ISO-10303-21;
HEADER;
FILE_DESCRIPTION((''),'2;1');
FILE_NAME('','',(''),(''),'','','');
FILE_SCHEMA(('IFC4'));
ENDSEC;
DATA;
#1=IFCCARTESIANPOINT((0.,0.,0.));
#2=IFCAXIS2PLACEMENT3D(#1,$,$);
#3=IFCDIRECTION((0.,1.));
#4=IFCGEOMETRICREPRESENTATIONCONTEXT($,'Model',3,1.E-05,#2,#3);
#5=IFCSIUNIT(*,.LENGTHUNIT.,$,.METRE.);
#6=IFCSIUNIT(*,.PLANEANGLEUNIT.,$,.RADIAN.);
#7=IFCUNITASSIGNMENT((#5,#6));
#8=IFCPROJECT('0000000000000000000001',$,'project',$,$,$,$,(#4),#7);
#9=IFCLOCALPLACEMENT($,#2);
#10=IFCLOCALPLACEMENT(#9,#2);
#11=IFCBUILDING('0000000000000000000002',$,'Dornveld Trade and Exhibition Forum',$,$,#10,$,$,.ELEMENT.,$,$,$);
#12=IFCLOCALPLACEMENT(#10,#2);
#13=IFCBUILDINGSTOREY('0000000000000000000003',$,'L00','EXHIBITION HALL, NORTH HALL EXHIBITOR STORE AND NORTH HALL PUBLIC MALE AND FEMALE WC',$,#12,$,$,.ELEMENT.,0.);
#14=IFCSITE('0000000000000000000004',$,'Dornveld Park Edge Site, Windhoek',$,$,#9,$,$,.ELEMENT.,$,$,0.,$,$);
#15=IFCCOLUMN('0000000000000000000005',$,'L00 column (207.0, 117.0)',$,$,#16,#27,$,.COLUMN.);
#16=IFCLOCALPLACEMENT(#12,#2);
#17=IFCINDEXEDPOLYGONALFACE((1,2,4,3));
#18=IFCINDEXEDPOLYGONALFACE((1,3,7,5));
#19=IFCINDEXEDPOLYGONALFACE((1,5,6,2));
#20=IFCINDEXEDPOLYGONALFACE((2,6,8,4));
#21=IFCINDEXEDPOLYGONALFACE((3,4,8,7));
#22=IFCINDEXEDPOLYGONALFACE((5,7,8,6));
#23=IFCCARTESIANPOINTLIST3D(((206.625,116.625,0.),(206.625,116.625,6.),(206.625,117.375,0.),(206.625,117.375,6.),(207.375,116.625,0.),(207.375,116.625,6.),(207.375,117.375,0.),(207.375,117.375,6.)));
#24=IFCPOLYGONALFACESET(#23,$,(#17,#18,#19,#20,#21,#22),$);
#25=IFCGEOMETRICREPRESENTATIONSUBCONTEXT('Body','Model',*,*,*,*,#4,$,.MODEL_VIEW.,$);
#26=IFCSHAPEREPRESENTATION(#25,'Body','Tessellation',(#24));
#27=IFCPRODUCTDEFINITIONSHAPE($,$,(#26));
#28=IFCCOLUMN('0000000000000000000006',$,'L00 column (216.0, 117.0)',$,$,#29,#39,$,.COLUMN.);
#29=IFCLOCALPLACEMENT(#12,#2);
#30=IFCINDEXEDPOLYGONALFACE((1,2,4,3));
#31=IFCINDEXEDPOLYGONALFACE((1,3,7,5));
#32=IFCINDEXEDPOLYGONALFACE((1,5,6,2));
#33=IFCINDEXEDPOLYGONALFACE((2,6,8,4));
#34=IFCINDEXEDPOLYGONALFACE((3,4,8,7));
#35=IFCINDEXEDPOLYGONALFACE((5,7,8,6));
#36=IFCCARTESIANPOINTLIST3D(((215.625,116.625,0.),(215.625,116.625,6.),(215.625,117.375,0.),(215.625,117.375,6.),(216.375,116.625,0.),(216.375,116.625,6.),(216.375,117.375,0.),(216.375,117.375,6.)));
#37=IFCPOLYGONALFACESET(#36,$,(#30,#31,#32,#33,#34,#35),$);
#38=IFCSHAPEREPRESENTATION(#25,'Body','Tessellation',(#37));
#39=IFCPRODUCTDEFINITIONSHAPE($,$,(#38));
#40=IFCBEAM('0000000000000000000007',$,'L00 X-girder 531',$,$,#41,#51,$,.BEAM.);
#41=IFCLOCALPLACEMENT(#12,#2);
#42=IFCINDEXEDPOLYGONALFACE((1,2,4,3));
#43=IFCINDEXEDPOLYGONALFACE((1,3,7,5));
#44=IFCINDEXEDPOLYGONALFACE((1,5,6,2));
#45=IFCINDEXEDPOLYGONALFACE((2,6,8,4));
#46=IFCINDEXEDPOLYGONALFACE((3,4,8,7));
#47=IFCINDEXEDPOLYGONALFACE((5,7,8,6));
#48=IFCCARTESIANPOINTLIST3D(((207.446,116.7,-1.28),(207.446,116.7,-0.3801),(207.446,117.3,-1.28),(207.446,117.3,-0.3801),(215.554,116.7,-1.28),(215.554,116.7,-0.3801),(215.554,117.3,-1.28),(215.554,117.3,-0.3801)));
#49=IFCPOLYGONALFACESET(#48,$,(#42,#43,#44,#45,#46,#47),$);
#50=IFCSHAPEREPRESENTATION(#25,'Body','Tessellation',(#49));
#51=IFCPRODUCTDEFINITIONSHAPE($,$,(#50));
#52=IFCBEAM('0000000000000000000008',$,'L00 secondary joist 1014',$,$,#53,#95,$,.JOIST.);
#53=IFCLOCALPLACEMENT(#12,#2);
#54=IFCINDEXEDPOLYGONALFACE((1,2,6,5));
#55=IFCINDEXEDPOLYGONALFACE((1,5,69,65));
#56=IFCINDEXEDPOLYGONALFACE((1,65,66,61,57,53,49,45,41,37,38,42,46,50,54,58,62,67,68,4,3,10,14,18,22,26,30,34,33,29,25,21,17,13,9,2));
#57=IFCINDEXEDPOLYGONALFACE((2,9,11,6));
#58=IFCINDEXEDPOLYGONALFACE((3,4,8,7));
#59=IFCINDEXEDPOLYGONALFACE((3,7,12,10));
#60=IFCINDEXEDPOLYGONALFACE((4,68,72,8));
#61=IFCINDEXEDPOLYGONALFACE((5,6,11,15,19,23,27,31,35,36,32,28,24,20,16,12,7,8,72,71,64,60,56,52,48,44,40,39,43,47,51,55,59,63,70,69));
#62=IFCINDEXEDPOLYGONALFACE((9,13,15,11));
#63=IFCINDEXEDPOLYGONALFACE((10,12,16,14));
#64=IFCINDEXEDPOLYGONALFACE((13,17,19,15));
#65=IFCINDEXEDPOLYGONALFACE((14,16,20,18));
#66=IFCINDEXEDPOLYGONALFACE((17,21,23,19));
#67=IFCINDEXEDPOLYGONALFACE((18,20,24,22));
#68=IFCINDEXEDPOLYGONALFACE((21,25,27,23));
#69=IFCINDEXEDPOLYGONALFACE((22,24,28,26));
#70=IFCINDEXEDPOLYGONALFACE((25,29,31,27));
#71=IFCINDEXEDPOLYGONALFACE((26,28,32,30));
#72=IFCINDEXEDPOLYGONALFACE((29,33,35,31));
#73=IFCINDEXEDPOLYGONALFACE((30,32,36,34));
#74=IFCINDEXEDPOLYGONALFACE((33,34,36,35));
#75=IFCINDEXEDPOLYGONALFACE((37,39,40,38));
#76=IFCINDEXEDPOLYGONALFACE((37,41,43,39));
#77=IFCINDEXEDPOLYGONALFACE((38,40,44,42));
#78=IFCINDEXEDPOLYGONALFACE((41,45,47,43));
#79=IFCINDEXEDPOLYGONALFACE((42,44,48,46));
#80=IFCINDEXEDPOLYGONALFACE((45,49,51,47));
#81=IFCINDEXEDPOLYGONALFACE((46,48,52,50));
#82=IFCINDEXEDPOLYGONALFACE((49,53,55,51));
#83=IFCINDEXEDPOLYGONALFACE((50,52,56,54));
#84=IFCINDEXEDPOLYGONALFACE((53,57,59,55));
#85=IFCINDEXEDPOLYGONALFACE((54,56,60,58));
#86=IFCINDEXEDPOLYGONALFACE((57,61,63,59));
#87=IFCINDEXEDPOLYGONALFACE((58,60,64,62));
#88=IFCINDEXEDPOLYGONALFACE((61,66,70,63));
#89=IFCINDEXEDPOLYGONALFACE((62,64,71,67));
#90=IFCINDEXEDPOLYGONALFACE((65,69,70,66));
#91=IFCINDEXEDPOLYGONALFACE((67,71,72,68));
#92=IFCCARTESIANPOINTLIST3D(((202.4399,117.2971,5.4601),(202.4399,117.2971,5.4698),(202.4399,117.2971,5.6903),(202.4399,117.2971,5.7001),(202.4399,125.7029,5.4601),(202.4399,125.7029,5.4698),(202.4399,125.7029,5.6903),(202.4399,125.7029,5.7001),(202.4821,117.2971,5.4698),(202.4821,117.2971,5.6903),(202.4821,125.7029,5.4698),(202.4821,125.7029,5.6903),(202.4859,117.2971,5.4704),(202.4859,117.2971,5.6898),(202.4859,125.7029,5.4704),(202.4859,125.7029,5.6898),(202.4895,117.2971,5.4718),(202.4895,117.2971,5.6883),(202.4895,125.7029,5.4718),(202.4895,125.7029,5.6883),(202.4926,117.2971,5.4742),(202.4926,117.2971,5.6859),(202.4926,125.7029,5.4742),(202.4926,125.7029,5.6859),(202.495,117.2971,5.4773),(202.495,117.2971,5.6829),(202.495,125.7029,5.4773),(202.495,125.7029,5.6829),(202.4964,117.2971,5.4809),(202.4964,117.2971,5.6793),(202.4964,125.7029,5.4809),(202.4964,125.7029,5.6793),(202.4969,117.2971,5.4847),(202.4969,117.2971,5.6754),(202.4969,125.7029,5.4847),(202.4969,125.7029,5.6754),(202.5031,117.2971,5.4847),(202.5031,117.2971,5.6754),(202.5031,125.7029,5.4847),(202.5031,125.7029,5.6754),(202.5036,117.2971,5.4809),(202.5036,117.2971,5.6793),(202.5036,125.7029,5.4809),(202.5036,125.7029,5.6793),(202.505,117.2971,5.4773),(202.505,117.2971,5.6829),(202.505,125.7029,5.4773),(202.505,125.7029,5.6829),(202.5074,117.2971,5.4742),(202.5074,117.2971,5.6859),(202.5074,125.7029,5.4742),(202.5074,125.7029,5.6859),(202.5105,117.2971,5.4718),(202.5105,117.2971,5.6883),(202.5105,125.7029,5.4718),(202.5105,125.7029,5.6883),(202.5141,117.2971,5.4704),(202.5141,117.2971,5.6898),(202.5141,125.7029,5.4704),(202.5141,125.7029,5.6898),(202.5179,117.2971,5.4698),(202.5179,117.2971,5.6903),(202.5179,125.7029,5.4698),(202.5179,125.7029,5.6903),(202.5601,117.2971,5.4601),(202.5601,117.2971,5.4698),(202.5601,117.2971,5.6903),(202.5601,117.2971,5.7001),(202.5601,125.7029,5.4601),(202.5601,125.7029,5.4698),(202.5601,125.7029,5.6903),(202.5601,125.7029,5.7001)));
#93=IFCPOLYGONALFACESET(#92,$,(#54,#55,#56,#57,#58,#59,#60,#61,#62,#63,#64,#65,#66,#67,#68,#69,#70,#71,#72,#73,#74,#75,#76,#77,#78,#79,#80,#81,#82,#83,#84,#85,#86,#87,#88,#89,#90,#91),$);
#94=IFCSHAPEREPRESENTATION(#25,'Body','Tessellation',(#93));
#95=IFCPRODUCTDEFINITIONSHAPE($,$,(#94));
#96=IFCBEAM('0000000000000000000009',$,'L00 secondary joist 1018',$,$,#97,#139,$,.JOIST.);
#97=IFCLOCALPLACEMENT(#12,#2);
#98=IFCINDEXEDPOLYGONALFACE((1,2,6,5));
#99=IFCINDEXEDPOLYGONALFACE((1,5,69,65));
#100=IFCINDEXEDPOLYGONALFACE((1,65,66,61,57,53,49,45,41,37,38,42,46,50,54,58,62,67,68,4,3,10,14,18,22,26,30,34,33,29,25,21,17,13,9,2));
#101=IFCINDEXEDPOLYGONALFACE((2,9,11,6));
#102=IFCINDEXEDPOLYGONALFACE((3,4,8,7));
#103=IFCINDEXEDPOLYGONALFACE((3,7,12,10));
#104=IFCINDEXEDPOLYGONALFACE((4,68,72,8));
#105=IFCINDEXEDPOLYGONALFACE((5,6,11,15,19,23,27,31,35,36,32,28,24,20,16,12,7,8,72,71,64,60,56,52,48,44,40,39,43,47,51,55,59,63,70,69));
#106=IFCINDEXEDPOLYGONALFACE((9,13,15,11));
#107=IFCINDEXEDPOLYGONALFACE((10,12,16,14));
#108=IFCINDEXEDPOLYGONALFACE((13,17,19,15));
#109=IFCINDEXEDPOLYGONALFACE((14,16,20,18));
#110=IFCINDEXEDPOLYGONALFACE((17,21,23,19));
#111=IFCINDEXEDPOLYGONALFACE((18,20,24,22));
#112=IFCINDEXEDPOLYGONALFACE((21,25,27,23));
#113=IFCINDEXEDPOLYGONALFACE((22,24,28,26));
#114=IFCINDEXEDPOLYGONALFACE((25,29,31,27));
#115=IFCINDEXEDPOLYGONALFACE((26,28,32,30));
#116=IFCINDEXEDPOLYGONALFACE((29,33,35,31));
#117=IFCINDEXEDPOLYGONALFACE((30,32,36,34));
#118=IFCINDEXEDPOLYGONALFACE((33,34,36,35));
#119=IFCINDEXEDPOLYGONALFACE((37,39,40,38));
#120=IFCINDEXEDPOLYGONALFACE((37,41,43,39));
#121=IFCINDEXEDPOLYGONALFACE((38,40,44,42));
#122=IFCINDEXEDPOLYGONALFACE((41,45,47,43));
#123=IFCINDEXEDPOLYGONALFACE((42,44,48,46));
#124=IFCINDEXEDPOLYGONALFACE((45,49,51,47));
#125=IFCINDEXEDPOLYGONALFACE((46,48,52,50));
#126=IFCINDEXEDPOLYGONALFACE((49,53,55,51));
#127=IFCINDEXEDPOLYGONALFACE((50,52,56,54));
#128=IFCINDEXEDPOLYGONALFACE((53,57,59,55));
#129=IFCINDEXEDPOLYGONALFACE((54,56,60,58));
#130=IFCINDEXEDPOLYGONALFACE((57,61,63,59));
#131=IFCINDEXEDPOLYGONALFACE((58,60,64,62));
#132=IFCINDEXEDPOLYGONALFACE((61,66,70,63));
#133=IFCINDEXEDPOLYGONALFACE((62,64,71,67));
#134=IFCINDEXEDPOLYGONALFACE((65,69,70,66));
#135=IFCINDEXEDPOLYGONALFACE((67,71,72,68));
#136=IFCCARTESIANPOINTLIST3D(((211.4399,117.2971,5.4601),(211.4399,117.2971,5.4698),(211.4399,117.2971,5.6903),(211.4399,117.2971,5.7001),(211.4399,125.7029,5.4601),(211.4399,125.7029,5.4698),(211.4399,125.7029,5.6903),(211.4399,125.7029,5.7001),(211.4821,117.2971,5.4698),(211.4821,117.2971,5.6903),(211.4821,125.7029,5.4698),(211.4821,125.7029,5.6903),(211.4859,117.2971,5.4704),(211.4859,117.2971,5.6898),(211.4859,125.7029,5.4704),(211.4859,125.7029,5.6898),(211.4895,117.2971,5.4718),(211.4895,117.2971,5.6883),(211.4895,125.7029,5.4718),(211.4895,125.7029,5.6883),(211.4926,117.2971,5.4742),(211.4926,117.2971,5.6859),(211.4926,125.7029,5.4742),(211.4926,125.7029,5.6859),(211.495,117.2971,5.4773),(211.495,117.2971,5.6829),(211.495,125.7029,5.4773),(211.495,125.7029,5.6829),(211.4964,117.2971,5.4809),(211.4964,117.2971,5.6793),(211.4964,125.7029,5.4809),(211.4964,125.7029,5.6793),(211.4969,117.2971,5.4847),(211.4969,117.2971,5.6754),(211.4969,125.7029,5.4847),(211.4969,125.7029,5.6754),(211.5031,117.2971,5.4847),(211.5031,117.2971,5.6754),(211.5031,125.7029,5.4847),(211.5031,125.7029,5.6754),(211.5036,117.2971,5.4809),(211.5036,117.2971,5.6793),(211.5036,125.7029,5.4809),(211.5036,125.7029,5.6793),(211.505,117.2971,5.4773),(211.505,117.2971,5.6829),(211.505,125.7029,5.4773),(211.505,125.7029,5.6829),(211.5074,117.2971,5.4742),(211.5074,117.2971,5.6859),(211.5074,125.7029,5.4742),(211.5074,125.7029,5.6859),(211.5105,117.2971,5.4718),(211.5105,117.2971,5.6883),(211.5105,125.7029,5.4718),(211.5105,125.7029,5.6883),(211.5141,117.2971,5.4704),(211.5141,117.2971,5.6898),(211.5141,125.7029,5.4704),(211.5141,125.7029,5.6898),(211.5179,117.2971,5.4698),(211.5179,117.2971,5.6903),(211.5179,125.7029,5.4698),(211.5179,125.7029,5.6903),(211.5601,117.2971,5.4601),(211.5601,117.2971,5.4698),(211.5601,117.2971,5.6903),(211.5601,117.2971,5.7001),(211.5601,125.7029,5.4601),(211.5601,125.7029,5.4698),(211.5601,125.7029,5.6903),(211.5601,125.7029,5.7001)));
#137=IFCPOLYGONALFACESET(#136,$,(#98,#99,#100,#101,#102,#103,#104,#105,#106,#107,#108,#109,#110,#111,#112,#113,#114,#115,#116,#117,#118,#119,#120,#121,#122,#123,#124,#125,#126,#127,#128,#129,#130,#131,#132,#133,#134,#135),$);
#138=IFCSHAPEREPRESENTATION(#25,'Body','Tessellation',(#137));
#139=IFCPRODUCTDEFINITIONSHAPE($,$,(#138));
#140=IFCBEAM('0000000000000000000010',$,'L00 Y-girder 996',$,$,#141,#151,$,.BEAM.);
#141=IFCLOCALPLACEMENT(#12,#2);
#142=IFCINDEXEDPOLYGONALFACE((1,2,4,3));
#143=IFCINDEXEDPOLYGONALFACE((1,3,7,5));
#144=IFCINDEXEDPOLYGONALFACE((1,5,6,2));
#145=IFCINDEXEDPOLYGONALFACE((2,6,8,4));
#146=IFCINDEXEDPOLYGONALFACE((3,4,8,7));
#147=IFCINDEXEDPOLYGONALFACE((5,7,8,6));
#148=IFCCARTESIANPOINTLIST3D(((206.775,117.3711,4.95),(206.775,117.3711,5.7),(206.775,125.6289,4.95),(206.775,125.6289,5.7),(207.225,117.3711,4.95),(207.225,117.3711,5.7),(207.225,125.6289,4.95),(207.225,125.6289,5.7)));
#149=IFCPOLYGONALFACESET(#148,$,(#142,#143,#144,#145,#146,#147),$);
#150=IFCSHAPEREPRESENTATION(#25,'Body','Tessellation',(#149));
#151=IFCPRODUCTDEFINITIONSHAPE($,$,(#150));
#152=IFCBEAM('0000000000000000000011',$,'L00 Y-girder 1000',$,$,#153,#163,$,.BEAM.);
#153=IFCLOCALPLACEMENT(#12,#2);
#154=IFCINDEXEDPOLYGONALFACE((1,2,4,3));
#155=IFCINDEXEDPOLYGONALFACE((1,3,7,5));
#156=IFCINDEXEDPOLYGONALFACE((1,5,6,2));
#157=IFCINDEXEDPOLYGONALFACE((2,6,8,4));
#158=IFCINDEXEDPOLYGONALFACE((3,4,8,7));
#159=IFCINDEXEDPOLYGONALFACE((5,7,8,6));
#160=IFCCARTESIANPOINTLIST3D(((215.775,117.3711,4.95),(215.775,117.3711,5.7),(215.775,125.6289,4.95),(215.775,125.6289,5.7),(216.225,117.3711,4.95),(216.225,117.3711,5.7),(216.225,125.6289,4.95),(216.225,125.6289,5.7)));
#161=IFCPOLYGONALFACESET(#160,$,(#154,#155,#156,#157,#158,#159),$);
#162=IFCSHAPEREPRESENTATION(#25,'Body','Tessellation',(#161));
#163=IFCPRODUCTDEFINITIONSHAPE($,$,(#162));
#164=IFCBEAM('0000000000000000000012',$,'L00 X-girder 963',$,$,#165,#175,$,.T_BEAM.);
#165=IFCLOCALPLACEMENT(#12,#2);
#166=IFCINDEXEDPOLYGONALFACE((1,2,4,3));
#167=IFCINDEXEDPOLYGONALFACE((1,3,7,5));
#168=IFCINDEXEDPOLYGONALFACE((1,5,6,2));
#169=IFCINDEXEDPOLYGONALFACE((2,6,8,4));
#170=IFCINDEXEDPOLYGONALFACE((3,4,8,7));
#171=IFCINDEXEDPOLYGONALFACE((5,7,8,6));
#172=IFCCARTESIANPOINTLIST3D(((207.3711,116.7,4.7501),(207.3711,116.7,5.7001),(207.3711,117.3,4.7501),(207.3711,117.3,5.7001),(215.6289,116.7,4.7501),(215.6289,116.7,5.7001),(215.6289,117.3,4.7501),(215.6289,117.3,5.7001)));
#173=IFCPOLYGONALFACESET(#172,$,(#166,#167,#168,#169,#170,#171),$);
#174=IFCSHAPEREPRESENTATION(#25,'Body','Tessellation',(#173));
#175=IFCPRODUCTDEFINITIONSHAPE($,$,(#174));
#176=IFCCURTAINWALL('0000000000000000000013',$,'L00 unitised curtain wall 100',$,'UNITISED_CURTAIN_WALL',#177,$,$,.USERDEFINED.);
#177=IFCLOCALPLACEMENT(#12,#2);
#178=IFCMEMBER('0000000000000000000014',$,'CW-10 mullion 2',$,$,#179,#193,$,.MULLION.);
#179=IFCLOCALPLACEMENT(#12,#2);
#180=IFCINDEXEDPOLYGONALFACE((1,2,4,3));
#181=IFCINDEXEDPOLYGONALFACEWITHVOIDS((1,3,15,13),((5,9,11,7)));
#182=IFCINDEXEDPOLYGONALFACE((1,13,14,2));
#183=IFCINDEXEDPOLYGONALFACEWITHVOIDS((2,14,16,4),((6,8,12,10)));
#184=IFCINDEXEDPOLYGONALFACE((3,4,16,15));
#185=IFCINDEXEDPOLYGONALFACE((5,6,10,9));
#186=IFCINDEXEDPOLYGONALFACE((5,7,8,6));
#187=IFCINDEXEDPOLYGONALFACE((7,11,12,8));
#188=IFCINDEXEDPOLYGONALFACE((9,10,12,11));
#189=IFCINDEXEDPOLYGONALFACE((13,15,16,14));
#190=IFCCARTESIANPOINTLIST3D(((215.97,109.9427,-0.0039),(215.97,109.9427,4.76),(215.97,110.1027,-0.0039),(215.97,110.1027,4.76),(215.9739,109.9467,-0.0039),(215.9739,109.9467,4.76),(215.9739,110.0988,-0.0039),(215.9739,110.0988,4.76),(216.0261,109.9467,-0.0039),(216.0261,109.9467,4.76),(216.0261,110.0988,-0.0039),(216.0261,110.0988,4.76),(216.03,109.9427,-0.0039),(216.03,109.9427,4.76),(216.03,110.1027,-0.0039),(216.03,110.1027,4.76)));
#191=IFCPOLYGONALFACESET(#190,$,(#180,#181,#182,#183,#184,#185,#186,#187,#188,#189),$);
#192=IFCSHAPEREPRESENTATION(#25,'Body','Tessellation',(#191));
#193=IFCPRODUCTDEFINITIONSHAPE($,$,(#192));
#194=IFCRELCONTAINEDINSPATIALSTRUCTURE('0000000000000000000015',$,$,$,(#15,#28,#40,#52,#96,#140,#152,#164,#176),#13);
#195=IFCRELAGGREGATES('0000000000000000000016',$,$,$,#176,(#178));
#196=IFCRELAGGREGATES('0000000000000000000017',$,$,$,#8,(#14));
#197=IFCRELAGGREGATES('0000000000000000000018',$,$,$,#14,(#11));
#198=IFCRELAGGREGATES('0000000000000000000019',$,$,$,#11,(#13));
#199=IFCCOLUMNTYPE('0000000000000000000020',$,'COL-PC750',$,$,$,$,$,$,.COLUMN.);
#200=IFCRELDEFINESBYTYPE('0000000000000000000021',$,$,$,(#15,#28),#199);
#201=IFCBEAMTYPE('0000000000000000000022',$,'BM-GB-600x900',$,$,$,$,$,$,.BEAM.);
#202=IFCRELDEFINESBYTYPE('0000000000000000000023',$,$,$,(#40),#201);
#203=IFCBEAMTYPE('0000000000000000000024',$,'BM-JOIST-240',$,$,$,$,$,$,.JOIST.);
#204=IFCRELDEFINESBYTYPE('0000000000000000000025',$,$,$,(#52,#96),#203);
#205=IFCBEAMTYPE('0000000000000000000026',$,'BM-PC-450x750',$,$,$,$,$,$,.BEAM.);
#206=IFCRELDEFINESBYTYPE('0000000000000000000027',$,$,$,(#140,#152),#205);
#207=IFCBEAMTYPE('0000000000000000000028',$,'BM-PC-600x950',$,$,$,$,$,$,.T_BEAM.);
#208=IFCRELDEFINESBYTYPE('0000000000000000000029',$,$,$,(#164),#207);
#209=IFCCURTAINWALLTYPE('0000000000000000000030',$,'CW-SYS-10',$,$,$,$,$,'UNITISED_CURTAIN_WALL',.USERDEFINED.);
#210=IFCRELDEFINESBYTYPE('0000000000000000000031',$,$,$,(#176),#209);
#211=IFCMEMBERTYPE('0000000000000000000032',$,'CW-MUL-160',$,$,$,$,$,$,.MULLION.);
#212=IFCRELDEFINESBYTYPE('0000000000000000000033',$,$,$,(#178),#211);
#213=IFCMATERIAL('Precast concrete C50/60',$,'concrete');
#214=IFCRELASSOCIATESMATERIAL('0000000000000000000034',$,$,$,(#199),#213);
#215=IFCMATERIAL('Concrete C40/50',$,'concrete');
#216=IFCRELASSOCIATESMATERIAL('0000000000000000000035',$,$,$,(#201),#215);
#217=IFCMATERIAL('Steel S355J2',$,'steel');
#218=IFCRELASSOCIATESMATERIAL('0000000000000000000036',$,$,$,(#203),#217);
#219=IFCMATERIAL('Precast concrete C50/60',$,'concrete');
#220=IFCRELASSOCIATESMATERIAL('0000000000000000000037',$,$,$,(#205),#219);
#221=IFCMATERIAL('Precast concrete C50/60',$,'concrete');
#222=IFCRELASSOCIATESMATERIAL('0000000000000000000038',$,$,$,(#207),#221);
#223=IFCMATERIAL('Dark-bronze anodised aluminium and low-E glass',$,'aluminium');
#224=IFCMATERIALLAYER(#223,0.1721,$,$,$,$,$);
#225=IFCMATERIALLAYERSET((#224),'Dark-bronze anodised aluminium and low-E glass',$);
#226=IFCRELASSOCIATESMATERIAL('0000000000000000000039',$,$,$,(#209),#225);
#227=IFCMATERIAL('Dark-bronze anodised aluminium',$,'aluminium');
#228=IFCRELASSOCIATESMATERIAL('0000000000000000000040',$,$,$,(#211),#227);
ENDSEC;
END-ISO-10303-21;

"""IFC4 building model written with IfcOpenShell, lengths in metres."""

from ifc_helpers import new_model, si_unit, direction, frame, origin, origin_2d, place, context, subcontext, project, spatial, rectangle, hollow_rectangle, i_section, extrude, material, layer, layer_set, material_profile, profile_set, type_object, element, aggregate, save


model = new_model("IFC4")

# Units and contexts
model_context = context("Model", 3, precision=1e-05, world=origin(), true_north=direction((0.0, 1.0)))
body_context = subcontext(model_context, "Body", "Model", "MODEL_VIEW")
ifc_project = project(units=[si_unit("LENGTHUNIT", "METRE"), si_unit("PLANEANGLEUNIT", "RADIAN")], contexts=[model_context])

# Site, building, storey
site_placement = place(None, origin())
site = spatial("IfcSite", under=ifc_project, at=site_placement, Name="Dornveld Park Edge Site, Windhoek", CompositionType="ELEMENT", RefElevation=0.0)
building_placement = place(site_placement, origin())
building = spatial("IfcBuilding", under=site, at=building_placement, Name="Dornveld Trade and Exhibition Forum", CompositionType="ELEMENT")
storey_placement = place(building_placement, origin())
storey = spatial("IfcBuildingStorey", under=building, at=storey_placement, Name="L00", Description="EXHIBITION HALL, NORTH HALL EXHIBITOR STORE AND NORTH HALL PUBLIC MALE AND FEMALE WC", CompositionType="ELEMENT", Elevation=0.0)

# Columns
ifc_material_1 = material(Name="Precast concrete C50/60", Category="concrete")
ifc_material_profile_1 = material_profile(ifc_material_1, rectangle(XDim=0.75, YDim=0.75, at=origin_2d()), Name="PC-COL 750x750")
ifc_profile_set_1 = profile_set([ifc_material_profile_1], Name="Precast concrete C50/60")
column_type = type_object("IfcColumnType", Name="COL-PC750", PredefinedType="COLUMN", material=ifc_profile_set_1)
for number, where, z_axis, x_axis, name in (
    (1, (207.0, 117.0, 0.0), (0.0, 0.0, 1.0), (1.0, 0.0, 0.0), "L00 column (207.0, 117.0)"),
    (2, (216.0, 117.0, 0.0), (0.0, 0.0, 1.0), (1.0, 0.0, 0.0), "L00 column (216.0, 117.0)"),
):
    element("IfcColumn", number, at=place(storey_placement, frame(where, z_axis=z_axis, x_axis=x_axis)), inside=storey, type_object=column_type, Name=name, PredefinedType="COLUMN", context=body_context, shape_type="SweptSolid", body=[
        extrude(rectangle(XDim=0.75, YDim=0.75, at=origin_2d()), origin(), (0.0, 0.0, 1.0), 6.0),
    ])

# Beams
ifc_material_2 = material(Name="Concrete C40/50", Category="concrete")
ifc_material_profile_2 = material_profile(ifc_material_2, rectangle(XDim=0.6001, YDim=0.8999, at=origin_2d()), Name="RC-GB 600x900")
ifc_profile_set_2 = profile_set([ifc_material_profile_2], Name="Concrete C40/50")
beam_type_1 = type_object("IfcBeamType", Name="BM-GB-600x900", PredefinedType="BEAM", material=ifc_profile_set_2)
beam_1_placement = place(storey_placement, frame((207.446, 117.0, -0.8301), z_axis=(1.0, 0.0, 0.0), x_axis=(0.0, 1.0, 0.0)))
element("IfcBeam", 3, at=beam_1_placement, inside=storey, type_object=beam_type_1, Name="L00 X-girder 531", PredefinedType="BEAM", context=body_context, shape_type="SweptSolid", body=[
    extrude(rectangle(XDim=0.6001, YDim=0.8999, at=origin_2d()), origin(), (0.0, 0.0, 1.0), 8.1079),
])
ifc_material_3 = material(Name="Steel S355J2", Category="steel")
ifc_material_profile_3 = material_profile(ifc_material_3, i_section(OverallWidth=0.1201, OverallDepth=0.24, WebThickness=0.0061, FlangeThickness=0.0098, FilletRadius=0.0149, at=origin_2d()), Name="IPE 240")
ifc_profile_set_3 = profile_set([ifc_material_profile_3], Name="Steel S355J2")
beam_type_2 = type_object("IfcBeamType", Name="BM-JOIST-240", PredefinedType="JOIST", material=ifc_profile_set_3)
for number, where, z_axis, x_axis, name in (
    (4, (202.5, 117.2971, 5.5801), (0.0, 1.0, 0.0), (-1.0, 0.0, 0.0), "L00 secondary joist 1014"),
    (5, (211.5, 117.2971, 5.5801), (0.0, 1.0, 0.0), (-1.0, 0.0, 0.0), "L00 secondary joist 1018"),
):
    element("IfcBeam", number, at=place(storey_placement, frame(where, z_axis=z_axis, x_axis=x_axis)), inside=storey, type_object=beam_type_2, Name=name, PredefinedType="JOIST", context=body_context, shape_type="SweptSolid", body=[
        extrude(i_section(OverallWidth=0.1201, OverallDepth=0.24, WebThickness=0.0061, FlangeThickness=0.0098, FilletRadius=0.0149, at=origin_2d()), origin(), (0.0, 0.0, 1.0), 8.4058),
    ])
ifc_material_4 = material(Name="Precast concrete C50/60", Category="concrete")
ifc_material_profile_4 = material_profile(ifc_material_4, rectangle(XDim=0.45, YDim=0.75, at=origin_2d()), Name="PC-BM 450x750")
ifc_profile_set_4 = profile_set([ifc_material_profile_4], Name="Precast concrete C50/60")
beam_type_3 = type_object("IfcBeamType", Name="BM-PC-450x750", PredefinedType="BEAM", material=ifc_profile_set_4)
for number, where, z_axis, x_axis, name in (
    (6, (207.0, 117.3711, 5.325), (0.0, 1.0, 0.0), (-1.0, 0.0, 0.0), "L00 Y-girder 996"),
    (7, (216.0, 117.3711, 5.325), (0.0, 1.0, 0.0), (-1.0, 0.0, 0.0), "L00 Y-girder 1000"),
):
    element("IfcBeam", number, at=place(storey_placement, frame(where, z_axis=z_axis, x_axis=x_axis)), inside=storey, type_object=beam_type_3, Name=name, PredefinedType="BEAM", context=body_context, shape_type="SweptSolid", body=[
        extrude(rectangle(XDim=0.45, YDim=0.75, at=origin_2d()), origin(), (0.0, 0.0, 1.0), 8.2578),
    ])
ifc_material_5 = material(Name="Precast concrete C50/60", Category="concrete")
ifc_material_profile_5 = material_profile(ifc_material_5, rectangle(XDim=0.6001, YDim=0.95, at=origin_2d()), Name="PC-GIR 600x950")
ifc_profile_set_5 = profile_set([ifc_material_profile_5], Name="Precast concrete C50/60")
beam_type_4 = type_object("IfcBeamType", Name="BM-PC-600x950", PredefinedType="T_BEAM", material=ifc_profile_set_5)
beam_2_placement = place(storey_placement, frame((207.3711, 117.0, 5.2251), z_axis=(1.0, 0.0, 0.0), x_axis=(0.0, 1.0, 0.0)))
element("IfcBeam", 8, at=beam_2_placement, inside=storey, type_object=beam_type_4, Name="L00 X-girder 963", PredefinedType="T_BEAM", context=body_context, shape_type="SweptSolid", body=[
    extrude(rectangle(XDim=0.6001, YDim=0.95, at=origin_2d()), origin(), (0.0, 0.0, 1.0), 8.2578),
])

# Curtain wall, member
ifc_material_6 = material(Name="Dark-bronze anodised aluminium and low-E glass", Category="aluminium")
ifc_layer_1 = layer(ifc_material_6, 0.1721)
ifc_layer_set_1 = layer_set([ifc_layer_1], Name="Dark-bronze anodised aluminium and low-E glass")
curtain_wall_type = type_object("IfcCurtainWallType", Name="CW-SYS-10", ElementType="UNITISED_CURTAIN_WALL", PredefinedType="USERDEFINED", material=ifc_layer_set_1)
curtain_wall_placement = place(storey_placement, origin())
curtain_wall = element("IfcCurtainWall", 9, at=curtain_wall_placement, inside=storey, type_object=curtain_wall_type, Name="L00 unitised curtain wall 100", ObjectType="UNITISED_CURTAIN_WALL", PredefinedType="USERDEFINED")
ifc_material_7 = material(Name="Dark-bronze anodised aluminium", Category="aluminium")
ifc_material_profile_6 = material_profile(ifc_material_7, hollow_rectangle(XDim=0.0601, YDim=0.1599, WallThickness=0.0039, at=origin_2d()), Name="RHS 160x60x4")
ifc_profile_set_6 = profile_set([ifc_material_profile_6], Name="Dark-bronze anodised aluminium")
member_type_1 = type_object("IfcMemberType", Name="CW-MUL-160", PredefinedType="MULLION", material=ifc_profile_set_6)
member_1_placement = place(storey_placement, frame((216.0, 110.0227, -0.0039), z_axis=(0.0, 0.0, 1.0), x_axis=(-1.0, 0.0, 0.0)))
member_1 = element("IfcMember", 10, at=member_1_placement, type_object=member_type_1, Name="CW-10 mullion 2", PredefinedType="MULLION", context=body_context, shape_type="SweptSolid", body=[
    extrude(hollow_rectangle(XDim=0.0601, YDim=0.1599, WallThickness=0.0039, at=origin_2d()), origin(), (0.0, 0.0, 1.0), 4.7639),
])
aggregate(curtain_wall, [member_1])

save(model, "model.ifc")
